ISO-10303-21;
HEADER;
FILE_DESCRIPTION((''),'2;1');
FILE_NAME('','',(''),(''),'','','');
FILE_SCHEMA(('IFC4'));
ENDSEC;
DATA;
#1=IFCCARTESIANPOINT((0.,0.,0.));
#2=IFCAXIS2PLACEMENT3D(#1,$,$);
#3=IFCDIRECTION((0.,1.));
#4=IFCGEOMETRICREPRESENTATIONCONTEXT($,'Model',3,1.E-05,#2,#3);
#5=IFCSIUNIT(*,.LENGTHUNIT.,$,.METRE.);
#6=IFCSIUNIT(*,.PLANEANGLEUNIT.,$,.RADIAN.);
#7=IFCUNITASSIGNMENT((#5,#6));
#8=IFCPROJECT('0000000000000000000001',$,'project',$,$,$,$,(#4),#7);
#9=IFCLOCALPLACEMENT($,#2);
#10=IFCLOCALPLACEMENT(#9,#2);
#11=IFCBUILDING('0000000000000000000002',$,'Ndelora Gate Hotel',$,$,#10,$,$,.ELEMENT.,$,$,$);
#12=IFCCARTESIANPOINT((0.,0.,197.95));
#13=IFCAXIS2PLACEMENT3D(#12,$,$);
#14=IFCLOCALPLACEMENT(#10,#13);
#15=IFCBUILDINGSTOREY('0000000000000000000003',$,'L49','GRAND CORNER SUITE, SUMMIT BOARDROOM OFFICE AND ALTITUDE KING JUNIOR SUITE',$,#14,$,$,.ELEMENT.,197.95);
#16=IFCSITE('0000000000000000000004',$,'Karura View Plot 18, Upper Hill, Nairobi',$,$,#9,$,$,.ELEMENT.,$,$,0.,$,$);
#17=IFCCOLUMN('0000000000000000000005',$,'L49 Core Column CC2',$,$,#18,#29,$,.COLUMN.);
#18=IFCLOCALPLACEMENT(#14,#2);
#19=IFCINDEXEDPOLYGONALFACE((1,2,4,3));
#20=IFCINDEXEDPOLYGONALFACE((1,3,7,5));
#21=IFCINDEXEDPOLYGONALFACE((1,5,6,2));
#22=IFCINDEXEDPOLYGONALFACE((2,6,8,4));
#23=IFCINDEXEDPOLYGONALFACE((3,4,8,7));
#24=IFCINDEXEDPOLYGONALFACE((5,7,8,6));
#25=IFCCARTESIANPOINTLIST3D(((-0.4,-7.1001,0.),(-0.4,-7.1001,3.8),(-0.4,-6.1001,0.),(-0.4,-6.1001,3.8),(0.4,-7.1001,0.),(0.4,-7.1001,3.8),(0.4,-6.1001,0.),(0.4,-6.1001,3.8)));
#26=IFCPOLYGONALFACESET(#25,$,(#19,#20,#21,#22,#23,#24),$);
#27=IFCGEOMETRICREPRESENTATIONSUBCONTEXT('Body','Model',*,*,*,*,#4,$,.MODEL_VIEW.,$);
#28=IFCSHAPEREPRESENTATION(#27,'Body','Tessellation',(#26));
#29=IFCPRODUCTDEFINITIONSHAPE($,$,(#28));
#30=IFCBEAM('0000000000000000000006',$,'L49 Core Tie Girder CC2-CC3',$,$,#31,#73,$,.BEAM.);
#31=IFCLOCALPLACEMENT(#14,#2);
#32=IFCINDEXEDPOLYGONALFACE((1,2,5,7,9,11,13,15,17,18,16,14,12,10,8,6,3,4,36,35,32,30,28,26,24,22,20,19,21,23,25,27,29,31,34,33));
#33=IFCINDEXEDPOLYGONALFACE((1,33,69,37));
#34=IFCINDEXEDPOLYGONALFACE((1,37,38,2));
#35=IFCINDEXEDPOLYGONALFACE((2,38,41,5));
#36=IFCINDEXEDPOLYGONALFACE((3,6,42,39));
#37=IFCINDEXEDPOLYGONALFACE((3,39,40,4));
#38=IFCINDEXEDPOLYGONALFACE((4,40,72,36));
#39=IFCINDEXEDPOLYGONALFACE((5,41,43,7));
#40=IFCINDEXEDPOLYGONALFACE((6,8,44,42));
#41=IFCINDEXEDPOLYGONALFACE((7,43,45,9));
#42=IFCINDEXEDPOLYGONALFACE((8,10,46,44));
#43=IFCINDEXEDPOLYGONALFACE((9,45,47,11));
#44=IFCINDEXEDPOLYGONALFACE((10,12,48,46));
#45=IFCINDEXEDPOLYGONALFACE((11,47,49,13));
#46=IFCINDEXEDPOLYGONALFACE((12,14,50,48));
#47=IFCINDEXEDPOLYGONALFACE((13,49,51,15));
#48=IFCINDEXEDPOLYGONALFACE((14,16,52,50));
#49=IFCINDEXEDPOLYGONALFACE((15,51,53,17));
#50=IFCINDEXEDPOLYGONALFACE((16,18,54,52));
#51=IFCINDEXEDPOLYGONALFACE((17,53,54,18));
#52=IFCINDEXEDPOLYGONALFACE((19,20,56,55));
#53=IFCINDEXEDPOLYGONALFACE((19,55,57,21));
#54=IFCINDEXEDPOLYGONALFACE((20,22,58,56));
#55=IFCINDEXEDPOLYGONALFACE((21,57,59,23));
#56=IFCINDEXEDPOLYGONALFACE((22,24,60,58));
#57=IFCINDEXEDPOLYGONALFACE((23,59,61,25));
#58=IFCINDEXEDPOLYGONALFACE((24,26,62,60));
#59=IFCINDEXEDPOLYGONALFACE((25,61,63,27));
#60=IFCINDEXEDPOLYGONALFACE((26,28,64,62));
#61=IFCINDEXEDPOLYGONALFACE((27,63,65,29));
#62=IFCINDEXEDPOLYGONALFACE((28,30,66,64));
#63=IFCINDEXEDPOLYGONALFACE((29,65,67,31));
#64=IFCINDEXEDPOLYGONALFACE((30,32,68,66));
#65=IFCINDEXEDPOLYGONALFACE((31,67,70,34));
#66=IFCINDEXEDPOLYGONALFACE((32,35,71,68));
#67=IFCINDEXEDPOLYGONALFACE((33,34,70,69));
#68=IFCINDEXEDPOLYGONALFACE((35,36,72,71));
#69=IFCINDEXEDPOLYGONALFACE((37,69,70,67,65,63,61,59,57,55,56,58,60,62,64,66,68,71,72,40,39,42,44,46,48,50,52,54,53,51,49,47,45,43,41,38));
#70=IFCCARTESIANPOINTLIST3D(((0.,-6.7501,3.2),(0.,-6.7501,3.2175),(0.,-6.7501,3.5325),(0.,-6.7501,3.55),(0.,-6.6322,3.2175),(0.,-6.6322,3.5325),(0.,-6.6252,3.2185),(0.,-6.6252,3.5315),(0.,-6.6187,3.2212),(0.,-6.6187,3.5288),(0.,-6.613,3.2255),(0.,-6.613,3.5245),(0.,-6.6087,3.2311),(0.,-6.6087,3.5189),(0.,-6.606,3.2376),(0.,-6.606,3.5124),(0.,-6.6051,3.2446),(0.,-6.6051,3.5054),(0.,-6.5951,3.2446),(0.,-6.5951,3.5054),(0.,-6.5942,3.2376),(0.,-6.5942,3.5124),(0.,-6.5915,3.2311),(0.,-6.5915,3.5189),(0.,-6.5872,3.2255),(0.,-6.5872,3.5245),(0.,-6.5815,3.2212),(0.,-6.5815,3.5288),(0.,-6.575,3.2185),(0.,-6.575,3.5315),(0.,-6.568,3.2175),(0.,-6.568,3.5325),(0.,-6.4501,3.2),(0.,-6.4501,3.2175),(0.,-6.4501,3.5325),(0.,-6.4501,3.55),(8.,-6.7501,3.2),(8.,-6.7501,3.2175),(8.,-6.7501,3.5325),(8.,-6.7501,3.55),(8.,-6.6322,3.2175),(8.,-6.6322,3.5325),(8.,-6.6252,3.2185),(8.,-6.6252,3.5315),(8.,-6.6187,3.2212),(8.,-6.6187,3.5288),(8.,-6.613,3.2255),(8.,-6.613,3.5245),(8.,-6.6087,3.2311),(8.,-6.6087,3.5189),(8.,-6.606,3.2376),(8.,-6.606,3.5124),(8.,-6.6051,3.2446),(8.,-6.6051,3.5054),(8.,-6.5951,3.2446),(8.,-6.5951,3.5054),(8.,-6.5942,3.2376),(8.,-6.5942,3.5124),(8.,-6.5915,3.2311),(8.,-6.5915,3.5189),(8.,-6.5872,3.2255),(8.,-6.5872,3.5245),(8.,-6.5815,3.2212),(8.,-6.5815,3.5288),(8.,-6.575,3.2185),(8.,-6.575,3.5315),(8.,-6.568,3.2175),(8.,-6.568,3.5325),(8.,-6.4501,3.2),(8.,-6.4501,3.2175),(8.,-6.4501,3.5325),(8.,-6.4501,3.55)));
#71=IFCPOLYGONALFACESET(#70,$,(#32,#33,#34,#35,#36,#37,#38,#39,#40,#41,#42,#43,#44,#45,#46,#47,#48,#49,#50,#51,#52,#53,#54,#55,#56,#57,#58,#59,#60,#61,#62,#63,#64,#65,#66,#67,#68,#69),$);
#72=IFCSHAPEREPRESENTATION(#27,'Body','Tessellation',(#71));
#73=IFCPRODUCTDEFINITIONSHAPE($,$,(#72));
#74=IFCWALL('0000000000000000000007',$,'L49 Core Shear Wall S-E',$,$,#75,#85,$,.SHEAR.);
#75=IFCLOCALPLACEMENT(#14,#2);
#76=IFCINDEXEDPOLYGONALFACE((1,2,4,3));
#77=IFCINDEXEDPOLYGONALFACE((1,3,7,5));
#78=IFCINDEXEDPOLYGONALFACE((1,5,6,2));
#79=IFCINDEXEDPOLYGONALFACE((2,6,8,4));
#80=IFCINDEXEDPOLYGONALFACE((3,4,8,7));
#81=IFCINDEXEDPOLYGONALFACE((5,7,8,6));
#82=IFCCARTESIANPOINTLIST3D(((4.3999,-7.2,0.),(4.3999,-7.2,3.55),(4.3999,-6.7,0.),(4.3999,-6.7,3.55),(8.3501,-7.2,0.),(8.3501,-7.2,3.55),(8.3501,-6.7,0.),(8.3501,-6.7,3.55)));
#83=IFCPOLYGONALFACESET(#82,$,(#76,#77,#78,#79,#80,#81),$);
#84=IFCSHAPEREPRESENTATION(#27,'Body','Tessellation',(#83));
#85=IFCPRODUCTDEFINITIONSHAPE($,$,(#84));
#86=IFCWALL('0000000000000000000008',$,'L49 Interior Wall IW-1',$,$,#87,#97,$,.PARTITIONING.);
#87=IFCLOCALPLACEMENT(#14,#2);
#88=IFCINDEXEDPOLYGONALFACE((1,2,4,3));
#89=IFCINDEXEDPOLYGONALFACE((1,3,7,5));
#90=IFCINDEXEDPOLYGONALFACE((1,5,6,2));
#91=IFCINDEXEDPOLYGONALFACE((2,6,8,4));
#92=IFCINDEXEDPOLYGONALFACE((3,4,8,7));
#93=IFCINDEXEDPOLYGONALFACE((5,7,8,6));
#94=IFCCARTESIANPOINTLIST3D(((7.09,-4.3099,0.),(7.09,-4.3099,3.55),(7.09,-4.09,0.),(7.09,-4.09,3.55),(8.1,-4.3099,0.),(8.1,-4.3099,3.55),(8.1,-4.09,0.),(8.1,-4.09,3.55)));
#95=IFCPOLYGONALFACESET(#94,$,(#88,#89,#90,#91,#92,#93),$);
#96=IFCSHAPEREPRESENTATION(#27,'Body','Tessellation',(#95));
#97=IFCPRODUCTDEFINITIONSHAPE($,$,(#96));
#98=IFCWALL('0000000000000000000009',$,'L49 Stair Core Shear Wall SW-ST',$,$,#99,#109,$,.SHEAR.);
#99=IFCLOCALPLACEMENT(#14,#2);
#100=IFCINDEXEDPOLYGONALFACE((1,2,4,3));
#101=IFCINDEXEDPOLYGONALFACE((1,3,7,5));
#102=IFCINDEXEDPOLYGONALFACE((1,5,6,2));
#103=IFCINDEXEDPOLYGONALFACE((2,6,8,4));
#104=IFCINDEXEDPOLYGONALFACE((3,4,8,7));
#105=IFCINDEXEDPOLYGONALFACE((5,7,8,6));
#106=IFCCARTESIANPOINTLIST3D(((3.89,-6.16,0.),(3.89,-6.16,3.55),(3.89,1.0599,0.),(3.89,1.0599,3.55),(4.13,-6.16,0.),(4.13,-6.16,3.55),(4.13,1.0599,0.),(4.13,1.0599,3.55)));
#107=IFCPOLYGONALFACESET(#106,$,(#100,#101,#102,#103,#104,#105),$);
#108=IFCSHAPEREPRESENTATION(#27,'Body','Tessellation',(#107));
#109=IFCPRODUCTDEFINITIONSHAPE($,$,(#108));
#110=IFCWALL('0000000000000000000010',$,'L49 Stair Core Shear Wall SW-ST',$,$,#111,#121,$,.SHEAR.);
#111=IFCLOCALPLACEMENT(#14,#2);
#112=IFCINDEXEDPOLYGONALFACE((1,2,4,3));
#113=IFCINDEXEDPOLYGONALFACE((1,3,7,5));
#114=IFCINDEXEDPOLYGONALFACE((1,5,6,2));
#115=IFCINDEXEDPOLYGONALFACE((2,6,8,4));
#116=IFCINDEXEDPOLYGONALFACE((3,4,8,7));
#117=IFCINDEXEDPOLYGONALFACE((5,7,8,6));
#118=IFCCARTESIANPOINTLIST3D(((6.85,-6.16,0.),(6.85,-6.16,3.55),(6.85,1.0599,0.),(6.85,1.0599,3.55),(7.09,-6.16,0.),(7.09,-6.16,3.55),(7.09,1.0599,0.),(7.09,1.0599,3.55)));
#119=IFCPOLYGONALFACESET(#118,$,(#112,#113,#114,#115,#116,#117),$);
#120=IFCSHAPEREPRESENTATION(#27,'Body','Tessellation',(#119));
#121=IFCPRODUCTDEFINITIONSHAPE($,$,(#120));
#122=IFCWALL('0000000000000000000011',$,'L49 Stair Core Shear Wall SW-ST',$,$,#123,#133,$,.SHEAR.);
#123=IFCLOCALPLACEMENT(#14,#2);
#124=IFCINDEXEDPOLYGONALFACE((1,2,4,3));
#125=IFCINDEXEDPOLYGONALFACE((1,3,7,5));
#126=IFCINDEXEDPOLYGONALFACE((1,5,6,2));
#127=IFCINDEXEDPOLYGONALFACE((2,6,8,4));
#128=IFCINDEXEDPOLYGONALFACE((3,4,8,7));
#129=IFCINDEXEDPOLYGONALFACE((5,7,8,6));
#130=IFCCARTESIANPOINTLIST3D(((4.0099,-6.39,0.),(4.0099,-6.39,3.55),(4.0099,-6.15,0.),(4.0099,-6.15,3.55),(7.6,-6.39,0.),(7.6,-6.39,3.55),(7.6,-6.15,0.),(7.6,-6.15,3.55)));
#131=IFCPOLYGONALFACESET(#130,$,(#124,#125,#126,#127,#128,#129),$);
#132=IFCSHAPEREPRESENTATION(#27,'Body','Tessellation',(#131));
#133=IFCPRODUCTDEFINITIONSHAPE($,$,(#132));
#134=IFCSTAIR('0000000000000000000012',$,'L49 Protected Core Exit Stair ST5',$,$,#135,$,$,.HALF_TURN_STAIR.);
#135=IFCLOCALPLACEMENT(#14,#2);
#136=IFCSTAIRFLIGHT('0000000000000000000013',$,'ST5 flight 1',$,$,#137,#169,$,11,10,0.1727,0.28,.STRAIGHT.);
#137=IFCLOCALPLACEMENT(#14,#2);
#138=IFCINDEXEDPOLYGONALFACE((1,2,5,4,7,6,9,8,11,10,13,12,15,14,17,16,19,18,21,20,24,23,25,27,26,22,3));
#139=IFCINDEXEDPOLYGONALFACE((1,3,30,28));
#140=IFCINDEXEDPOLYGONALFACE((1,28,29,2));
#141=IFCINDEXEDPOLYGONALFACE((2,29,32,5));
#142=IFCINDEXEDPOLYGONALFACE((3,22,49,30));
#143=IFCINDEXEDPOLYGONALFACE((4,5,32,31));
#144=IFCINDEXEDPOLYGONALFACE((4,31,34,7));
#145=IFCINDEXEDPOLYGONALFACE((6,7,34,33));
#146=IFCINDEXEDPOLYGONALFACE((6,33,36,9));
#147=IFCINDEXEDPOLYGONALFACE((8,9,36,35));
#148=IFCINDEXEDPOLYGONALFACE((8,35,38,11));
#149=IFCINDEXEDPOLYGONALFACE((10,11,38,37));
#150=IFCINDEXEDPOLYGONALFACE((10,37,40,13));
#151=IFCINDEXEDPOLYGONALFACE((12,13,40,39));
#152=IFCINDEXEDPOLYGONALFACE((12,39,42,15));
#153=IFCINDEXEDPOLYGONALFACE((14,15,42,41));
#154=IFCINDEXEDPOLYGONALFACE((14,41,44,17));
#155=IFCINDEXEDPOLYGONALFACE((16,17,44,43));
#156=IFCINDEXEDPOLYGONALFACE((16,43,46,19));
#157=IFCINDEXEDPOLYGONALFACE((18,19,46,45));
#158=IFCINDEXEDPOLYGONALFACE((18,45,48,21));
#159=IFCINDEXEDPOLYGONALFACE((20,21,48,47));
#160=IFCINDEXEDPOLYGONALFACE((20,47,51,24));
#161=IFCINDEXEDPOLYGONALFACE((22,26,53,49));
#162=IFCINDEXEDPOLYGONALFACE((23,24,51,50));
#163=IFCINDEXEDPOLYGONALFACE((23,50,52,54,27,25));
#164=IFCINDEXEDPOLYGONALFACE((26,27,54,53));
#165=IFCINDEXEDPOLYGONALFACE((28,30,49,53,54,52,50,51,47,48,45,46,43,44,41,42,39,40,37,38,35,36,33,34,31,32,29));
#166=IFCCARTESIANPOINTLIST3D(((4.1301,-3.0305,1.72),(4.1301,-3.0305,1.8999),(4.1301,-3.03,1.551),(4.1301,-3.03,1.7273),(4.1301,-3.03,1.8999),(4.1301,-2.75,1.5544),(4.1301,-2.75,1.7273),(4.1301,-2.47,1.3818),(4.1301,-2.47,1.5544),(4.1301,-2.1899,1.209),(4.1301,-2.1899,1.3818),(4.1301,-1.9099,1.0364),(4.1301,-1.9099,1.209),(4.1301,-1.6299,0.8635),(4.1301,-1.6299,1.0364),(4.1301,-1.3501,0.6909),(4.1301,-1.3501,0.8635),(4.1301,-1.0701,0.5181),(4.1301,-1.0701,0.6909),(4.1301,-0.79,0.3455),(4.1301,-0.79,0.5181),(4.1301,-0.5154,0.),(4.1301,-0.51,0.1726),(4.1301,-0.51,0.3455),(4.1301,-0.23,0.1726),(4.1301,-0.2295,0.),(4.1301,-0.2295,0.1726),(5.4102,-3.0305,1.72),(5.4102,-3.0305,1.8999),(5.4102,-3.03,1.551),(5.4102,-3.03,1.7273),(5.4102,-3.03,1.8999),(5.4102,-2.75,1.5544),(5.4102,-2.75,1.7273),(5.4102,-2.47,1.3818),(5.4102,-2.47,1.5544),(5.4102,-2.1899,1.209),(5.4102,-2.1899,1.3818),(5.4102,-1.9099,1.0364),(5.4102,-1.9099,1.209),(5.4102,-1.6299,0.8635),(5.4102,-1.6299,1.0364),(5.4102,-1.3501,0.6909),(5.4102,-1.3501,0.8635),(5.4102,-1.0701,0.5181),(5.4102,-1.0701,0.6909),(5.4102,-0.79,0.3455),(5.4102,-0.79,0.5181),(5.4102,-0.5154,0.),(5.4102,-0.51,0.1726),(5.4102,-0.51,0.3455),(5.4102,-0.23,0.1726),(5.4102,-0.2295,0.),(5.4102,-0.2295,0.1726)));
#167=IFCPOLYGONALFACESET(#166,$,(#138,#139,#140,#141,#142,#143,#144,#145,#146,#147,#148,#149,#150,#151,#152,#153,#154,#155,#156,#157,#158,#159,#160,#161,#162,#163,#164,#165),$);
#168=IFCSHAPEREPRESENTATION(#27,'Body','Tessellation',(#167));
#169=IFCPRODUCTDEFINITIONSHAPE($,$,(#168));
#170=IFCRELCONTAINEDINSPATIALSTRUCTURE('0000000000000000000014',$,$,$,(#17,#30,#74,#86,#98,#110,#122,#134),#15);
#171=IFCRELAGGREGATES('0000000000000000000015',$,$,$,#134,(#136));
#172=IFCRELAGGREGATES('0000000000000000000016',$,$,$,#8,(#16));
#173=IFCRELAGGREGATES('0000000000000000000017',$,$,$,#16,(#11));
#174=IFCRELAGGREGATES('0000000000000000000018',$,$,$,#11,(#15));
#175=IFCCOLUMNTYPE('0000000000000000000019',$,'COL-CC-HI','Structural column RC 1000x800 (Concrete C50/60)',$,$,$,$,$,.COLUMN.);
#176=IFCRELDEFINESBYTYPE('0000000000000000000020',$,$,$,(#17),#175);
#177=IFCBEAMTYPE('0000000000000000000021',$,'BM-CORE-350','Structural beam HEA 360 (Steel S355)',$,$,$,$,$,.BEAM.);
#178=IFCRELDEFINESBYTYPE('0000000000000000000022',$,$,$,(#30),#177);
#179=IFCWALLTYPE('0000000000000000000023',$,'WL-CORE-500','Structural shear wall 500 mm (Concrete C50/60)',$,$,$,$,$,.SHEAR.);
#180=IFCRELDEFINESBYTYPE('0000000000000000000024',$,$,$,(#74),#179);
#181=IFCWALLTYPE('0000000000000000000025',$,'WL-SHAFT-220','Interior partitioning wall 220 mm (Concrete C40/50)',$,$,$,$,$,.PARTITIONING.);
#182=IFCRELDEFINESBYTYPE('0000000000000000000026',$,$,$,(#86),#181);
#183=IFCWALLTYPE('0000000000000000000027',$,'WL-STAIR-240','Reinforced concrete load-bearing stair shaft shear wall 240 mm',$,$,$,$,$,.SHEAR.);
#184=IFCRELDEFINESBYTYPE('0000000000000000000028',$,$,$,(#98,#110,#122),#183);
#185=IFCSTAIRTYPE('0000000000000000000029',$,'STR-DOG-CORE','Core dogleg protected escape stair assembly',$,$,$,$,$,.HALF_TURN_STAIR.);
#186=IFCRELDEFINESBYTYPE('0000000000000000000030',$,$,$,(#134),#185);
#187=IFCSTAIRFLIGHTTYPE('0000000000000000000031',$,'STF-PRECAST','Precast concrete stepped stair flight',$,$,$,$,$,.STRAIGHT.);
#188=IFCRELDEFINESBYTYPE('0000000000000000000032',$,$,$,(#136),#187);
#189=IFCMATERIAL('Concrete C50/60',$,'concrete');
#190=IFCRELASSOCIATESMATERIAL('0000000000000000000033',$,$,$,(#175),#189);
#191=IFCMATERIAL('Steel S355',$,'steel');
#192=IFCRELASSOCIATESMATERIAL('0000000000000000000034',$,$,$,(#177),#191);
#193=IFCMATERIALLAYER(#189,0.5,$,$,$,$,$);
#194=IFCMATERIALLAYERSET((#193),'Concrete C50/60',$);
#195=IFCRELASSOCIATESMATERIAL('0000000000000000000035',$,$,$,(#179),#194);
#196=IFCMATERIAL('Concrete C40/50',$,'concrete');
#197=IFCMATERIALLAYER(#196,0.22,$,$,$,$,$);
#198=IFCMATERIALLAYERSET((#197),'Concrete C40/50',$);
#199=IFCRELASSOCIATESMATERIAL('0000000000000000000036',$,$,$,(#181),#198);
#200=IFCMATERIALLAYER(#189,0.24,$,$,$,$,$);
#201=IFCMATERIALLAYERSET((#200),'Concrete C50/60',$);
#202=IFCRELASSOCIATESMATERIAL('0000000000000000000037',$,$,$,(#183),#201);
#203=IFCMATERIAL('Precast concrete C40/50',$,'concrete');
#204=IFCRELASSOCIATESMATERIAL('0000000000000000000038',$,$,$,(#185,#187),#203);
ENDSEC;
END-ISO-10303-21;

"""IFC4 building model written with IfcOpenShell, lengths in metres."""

from ifc_helpers import new_model, si_unit, direction, frame, frame_2d, origin, origin_2d, place, context, subcontext, project, spatial, polyline, rectangle, i_section, outline, extrude, material, layer, layer_set, material_profile, profile_set, type_object, element, aggregate, save


model = new_model("IFC4")

# Units and contexts
model_context = context("Model", 3, precision=1e-05, world=origin(), true_north=direction((0.0, 1.0)))
body_context = subcontext(model_context, "Body", "Model", "MODEL_VIEW")
ifc_project = project(units=[si_unit("LENGTHUNIT", "METRE"), si_unit("PLANEANGLEUNIT", "RADIAN")], contexts=[model_context])

# Site, building, storey
site_placement = place(None, origin())
site = spatial("IfcSite", under=ifc_project, at=site_placement, Name="Karura View Plot 18, Upper Hill, Nairobi", CompositionType="ELEMENT", RefElevation=0.0)
building_placement = place(site_placement, origin())
building = spatial("IfcBuilding", under=site, at=building_placement, Name="Ndelora Gate Hotel", CompositionType="ELEMENT")
storey_placement = place(building_placement, frame((0.0, 0.0, 197.95)))
storey = spatial("IfcBuildingStorey", under=building, at=storey_placement, Name="L49", Description="GRAND CORNER SUITE, SUMMIT BOARDROOM OFFICE AND ALTITUDE KING JUNIOR SUITE", CompositionType="ELEMENT", Elevation=197.95)

# Column
ifc_material_1 = material(Name="Concrete C50/60", Category="concrete")
ifc_material_profile_1 = material_profile(ifc_material_1, rectangle(XDim=0.8, YDim=1.0, at=origin_2d()), Name="RC 1000x800")
ifc_profile_set_1 = profile_set([ifc_material_profile_1], Name="Concrete C50/60")
column_type = type_object("IfcColumnType", Name="COL-CC-HI", Description="Structural column RC 1000x800 (Concrete C50/60)", PredefinedType="COLUMN", material=ifc_profile_set_1)
column_placement = place(storey_placement, frame((0.0, -6.6001, 0.0), z_axis=(0.0, 0.0, 1.0), x_axis=(1.0, 0.0, 0.0)))
element("IfcColumn", 1, at=column_placement, inside=storey, type_object=column_type, Name="L49 Core Column CC2", PredefinedType="COLUMN", context=body_context, shape_type="SweptSolid", body=[
    extrude(rectangle(XDim=0.8, YDim=1.0, at=origin_2d()), origin(), (0.0, 0.0, 1.0), 3.8),
])

# Beam
ifc_material_2 = material(Name="Steel S355", Category="steel")
ifc_material_profile_2 = material_profile(ifc_material_2, i_section(OverallWidth=0.3, OverallDepth=0.3501, WebThickness=0.01, FlangeThickness=0.0176, FilletRadius=0.0271, at=origin_2d()), Name="HEA 360")
ifc_profile_set_2 = profile_set([ifc_material_profile_2], Name="Steel S355")
beam_type = type_object("IfcBeamType", Name="BM-CORE-350", Description="Structural beam HEA 360 (Steel S355)", PredefinedType="BEAM", material=ifc_profile_set_2)
beam_placement = place(storey_placement, frame((0.0, -6.6001, 3.375), z_axis=(1.0, 0.0, 0.0), x_axis=(0.0, 1.0, 0.0)))
element("IfcBeam", 2, at=beam_placement, inside=storey, type_object=beam_type, Name="L49 Core Tie Girder CC2-CC3", PredefinedType="BEAM", context=body_context, shape_type="SweptSolid", body=[
    extrude(i_section(OverallWidth=0.3, OverallDepth=0.3501, WebThickness=0.01, FlangeThickness=0.0176, FilletRadius=0.0271, at=origin_2d()), origin(), (0.0, 0.0, 1.0), 8.0),
])

# Walls
ifc_layer_1 = layer(ifc_material_1, 0.5)
ifc_layer_set_1 = layer_set([ifc_layer_1], Name="Concrete C50/60")
wall_type_1 = type_object("IfcWallType", Name="WL-CORE-500", Description="Structural shear wall 500 mm (Concrete C50/60)", PredefinedType="SHEAR", material=ifc_layer_set_1)
wall_1_placement = place(storey_placement, frame((4.3999, -6.95, 0.0), z_axis=(0.0, 0.0, 1.0), x_axis=(1.0, 0.0, 0.0)))
element("IfcWall", 3, at=wall_1_placement, inside=storey, type_object=wall_type_1, Name="L49 Core Shear Wall S-E", PredefinedType="SHEAR", context=body_context, shape_type="SweptSolid", body=[
    extrude(rectangle(XDim=3.9502, YDim=0.5, at=frame_2d((1.9751, 0.0))), origin(), (0.0, 0.0, 1.0), 3.55),
])
ifc_material_3 = material(Name="Concrete C40/50", Category="concrete")
ifc_layer_2 = layer(ifc_material_3, 0.22)
ifc_layer_set_2 = layer_set([ifc_layer_2], Name="Concrete C40/50")
wall_type_2 = type_object("IfcWallType", Name="WL-SHAFT-220", Description="Interior partitioning wall 220 mm (Concrete C40/50)", PredefinedType="PARTITIONING", material=ifc_layer_set_2)
wall_2_placement = place(storey_placement, frame((7.0901, -4.2, 0.0), z_axis=(0.0, 0.0, 1.0), x_axis=(1.0, 0.0, 0.0)))
element("IfcWall", 4, at=wall_2_placement, inside=storey, type_object=wall_type_2, Name="L49 Interior Wall IW-1", PredefinedType="PARTITIONING", context=body_context, shape_type="SweptSolid", body=[
    extrude(rectangle(XDim=1.01, YDim=0.22, at=frame_2d((0.5049, 0.0))), origin(), (0.0, 0.0, 1.0), 3.55),
])
ifc_layer_3 = layer(ifc_material_1, 0.24)
ifc_layer_set_3 = layer_set([ifc_layer_3], Name="Concrete C50/60")
wall_type_3 = type_object("IfcWallType", Name="WL-STAIR-240", Description="Reinforced concrete load-bearing stair shaft shear wall 240 mm", PredefinedType="SHEAR", material=ifc_layer_set_3)
for number, where, z_axis, x_axis, name in (
    (5, (4.01, -6.1599, 0.0), (0.0, 0.0, 1.0), (0.0, 1.0, 0.0), "L49 Stair Core Shear Wall SW-ST"),
    (6, (6.97, -6.1599, 0.0), (0.0, 0.0, 1.0), (0.0, 1.0, 0.0), "L49 Stair Core Shear Wall SW-ST"),
):
    element("IfcWall", number, at=place(storey_placement, frame(where, z_axis=z_axis, x_axis=x_axis)), inside=storey, type_object=wall_type_3, Name=name, PredefinedType="SHEAR", context=body_context, shape_type="SweptSolid", body=[
        extrude(rectangle(XDim=7.22, YDim=0.24, at=frame_2d((3.6099, 0.0))), origin(), (0.0, 0.0, 1.0), 3.55),
    ])
wall_3_placement = place(storey_placement, frame((4.01, -6.27, 0.0), z_axis=(0.0, 0.0, 1.0), x_axis=(1.0, 0.0, 0.0)))
element("IfcWall", 7, at=wall_3_placement, inside=storey, type_object=wall_type_3, Name="L49 Stair Core Shear Wall SW-ST", PredefinedType="SHEAR", context=body_context, shape_type="SweptSolid", body=[
    extrude(rectangle(XDim=3.5901, YDim=0.24, at=frame_2d((1.7949, 0.0))), origin(), (0.0, 0.0, 1.0), 3.55),
])

# Stair, stair flight
ifc_material_4 = material(Name="Precast concrete C40/50", Category="concrete")
stair_type = type_object("IfcStairType", Name="STR-DOG-CORE", Description="Core dogleg protected escape stair assembly", PredefinedType="HALF_TURN_STAIR", material=ifc_material_4)
stair_placement = place(storey_placement, origin())
stair = element("IfcStair", 8, at=stair_placement, inside=storey, type_object=stair_type, Name="L49 Protected Core Exit Stair ST5", PredefinedType="HALF_TURN_STAIR")
stair_flight_type = type_object("IfcStairFlightType", Name="STF-PRECAST", Description="Precast concrete stepped stair flight", PredefinedType="STRAIGHT", material=ifc_material_4)
stair_flight_1_placement = place(storey_placement, frame((4.77, -0.23, 0.0), z_axis=(0.0, 0.0, 1.0), x_axis=(0.0, -1.0, 0.0)))
stair_flight_1 = element("IfcStairFlight", 9, at=stair_flight_1_placement, type_object=stair_flight_type, Name="ST5 flight 1", NumberOfRisers=11, NumberOfTreads=10, PredefinedType="STRAIGHT", RiserHeight=0.1727, TreadLength=0.28, context=body_context, shape_type="SweptSolid", body=[
    extrude(outline(polyline([(-0.0005, 0.0), (-0.0005, 0.1726), (0.0, 0.1726), (0.28, 0.1726), (0.28, 0.3455), (0.5601, 0.3455), (0.5601, 0.5181), (0.8401, 0.5181), (0.8401, 0.6909), (1.1201, 0.6909), (1.1201, 0.8635), (1.3999, 0.8635), (1.3999, 1.0364), (1.6799, 1.0364), (1.6799, 1.209), (1.96, 1.209), (1.96, 1.3818), (2.24, 1.3818), (2.24, 1.5544), (2.52, 1.5544), (2.52, 1.7273), (2.8, 1.7273), (2.8, 1.8999), (2.8005, 1.8999), (2.8005, 1.72), (2.8, 1.551), (0.2854, 0.0), (-0.0005, 0.0)])), frame((0.0, 0.6401, 0.0), z_axis=(0.0, -1.0, 0.0), x_axis=(1.0, 0.0, 0.0)), (0.0, 0.0, 1.0), 1.28),
])
aggregate(stair, [stair_flight_1])

save(model, "model.ifc")
